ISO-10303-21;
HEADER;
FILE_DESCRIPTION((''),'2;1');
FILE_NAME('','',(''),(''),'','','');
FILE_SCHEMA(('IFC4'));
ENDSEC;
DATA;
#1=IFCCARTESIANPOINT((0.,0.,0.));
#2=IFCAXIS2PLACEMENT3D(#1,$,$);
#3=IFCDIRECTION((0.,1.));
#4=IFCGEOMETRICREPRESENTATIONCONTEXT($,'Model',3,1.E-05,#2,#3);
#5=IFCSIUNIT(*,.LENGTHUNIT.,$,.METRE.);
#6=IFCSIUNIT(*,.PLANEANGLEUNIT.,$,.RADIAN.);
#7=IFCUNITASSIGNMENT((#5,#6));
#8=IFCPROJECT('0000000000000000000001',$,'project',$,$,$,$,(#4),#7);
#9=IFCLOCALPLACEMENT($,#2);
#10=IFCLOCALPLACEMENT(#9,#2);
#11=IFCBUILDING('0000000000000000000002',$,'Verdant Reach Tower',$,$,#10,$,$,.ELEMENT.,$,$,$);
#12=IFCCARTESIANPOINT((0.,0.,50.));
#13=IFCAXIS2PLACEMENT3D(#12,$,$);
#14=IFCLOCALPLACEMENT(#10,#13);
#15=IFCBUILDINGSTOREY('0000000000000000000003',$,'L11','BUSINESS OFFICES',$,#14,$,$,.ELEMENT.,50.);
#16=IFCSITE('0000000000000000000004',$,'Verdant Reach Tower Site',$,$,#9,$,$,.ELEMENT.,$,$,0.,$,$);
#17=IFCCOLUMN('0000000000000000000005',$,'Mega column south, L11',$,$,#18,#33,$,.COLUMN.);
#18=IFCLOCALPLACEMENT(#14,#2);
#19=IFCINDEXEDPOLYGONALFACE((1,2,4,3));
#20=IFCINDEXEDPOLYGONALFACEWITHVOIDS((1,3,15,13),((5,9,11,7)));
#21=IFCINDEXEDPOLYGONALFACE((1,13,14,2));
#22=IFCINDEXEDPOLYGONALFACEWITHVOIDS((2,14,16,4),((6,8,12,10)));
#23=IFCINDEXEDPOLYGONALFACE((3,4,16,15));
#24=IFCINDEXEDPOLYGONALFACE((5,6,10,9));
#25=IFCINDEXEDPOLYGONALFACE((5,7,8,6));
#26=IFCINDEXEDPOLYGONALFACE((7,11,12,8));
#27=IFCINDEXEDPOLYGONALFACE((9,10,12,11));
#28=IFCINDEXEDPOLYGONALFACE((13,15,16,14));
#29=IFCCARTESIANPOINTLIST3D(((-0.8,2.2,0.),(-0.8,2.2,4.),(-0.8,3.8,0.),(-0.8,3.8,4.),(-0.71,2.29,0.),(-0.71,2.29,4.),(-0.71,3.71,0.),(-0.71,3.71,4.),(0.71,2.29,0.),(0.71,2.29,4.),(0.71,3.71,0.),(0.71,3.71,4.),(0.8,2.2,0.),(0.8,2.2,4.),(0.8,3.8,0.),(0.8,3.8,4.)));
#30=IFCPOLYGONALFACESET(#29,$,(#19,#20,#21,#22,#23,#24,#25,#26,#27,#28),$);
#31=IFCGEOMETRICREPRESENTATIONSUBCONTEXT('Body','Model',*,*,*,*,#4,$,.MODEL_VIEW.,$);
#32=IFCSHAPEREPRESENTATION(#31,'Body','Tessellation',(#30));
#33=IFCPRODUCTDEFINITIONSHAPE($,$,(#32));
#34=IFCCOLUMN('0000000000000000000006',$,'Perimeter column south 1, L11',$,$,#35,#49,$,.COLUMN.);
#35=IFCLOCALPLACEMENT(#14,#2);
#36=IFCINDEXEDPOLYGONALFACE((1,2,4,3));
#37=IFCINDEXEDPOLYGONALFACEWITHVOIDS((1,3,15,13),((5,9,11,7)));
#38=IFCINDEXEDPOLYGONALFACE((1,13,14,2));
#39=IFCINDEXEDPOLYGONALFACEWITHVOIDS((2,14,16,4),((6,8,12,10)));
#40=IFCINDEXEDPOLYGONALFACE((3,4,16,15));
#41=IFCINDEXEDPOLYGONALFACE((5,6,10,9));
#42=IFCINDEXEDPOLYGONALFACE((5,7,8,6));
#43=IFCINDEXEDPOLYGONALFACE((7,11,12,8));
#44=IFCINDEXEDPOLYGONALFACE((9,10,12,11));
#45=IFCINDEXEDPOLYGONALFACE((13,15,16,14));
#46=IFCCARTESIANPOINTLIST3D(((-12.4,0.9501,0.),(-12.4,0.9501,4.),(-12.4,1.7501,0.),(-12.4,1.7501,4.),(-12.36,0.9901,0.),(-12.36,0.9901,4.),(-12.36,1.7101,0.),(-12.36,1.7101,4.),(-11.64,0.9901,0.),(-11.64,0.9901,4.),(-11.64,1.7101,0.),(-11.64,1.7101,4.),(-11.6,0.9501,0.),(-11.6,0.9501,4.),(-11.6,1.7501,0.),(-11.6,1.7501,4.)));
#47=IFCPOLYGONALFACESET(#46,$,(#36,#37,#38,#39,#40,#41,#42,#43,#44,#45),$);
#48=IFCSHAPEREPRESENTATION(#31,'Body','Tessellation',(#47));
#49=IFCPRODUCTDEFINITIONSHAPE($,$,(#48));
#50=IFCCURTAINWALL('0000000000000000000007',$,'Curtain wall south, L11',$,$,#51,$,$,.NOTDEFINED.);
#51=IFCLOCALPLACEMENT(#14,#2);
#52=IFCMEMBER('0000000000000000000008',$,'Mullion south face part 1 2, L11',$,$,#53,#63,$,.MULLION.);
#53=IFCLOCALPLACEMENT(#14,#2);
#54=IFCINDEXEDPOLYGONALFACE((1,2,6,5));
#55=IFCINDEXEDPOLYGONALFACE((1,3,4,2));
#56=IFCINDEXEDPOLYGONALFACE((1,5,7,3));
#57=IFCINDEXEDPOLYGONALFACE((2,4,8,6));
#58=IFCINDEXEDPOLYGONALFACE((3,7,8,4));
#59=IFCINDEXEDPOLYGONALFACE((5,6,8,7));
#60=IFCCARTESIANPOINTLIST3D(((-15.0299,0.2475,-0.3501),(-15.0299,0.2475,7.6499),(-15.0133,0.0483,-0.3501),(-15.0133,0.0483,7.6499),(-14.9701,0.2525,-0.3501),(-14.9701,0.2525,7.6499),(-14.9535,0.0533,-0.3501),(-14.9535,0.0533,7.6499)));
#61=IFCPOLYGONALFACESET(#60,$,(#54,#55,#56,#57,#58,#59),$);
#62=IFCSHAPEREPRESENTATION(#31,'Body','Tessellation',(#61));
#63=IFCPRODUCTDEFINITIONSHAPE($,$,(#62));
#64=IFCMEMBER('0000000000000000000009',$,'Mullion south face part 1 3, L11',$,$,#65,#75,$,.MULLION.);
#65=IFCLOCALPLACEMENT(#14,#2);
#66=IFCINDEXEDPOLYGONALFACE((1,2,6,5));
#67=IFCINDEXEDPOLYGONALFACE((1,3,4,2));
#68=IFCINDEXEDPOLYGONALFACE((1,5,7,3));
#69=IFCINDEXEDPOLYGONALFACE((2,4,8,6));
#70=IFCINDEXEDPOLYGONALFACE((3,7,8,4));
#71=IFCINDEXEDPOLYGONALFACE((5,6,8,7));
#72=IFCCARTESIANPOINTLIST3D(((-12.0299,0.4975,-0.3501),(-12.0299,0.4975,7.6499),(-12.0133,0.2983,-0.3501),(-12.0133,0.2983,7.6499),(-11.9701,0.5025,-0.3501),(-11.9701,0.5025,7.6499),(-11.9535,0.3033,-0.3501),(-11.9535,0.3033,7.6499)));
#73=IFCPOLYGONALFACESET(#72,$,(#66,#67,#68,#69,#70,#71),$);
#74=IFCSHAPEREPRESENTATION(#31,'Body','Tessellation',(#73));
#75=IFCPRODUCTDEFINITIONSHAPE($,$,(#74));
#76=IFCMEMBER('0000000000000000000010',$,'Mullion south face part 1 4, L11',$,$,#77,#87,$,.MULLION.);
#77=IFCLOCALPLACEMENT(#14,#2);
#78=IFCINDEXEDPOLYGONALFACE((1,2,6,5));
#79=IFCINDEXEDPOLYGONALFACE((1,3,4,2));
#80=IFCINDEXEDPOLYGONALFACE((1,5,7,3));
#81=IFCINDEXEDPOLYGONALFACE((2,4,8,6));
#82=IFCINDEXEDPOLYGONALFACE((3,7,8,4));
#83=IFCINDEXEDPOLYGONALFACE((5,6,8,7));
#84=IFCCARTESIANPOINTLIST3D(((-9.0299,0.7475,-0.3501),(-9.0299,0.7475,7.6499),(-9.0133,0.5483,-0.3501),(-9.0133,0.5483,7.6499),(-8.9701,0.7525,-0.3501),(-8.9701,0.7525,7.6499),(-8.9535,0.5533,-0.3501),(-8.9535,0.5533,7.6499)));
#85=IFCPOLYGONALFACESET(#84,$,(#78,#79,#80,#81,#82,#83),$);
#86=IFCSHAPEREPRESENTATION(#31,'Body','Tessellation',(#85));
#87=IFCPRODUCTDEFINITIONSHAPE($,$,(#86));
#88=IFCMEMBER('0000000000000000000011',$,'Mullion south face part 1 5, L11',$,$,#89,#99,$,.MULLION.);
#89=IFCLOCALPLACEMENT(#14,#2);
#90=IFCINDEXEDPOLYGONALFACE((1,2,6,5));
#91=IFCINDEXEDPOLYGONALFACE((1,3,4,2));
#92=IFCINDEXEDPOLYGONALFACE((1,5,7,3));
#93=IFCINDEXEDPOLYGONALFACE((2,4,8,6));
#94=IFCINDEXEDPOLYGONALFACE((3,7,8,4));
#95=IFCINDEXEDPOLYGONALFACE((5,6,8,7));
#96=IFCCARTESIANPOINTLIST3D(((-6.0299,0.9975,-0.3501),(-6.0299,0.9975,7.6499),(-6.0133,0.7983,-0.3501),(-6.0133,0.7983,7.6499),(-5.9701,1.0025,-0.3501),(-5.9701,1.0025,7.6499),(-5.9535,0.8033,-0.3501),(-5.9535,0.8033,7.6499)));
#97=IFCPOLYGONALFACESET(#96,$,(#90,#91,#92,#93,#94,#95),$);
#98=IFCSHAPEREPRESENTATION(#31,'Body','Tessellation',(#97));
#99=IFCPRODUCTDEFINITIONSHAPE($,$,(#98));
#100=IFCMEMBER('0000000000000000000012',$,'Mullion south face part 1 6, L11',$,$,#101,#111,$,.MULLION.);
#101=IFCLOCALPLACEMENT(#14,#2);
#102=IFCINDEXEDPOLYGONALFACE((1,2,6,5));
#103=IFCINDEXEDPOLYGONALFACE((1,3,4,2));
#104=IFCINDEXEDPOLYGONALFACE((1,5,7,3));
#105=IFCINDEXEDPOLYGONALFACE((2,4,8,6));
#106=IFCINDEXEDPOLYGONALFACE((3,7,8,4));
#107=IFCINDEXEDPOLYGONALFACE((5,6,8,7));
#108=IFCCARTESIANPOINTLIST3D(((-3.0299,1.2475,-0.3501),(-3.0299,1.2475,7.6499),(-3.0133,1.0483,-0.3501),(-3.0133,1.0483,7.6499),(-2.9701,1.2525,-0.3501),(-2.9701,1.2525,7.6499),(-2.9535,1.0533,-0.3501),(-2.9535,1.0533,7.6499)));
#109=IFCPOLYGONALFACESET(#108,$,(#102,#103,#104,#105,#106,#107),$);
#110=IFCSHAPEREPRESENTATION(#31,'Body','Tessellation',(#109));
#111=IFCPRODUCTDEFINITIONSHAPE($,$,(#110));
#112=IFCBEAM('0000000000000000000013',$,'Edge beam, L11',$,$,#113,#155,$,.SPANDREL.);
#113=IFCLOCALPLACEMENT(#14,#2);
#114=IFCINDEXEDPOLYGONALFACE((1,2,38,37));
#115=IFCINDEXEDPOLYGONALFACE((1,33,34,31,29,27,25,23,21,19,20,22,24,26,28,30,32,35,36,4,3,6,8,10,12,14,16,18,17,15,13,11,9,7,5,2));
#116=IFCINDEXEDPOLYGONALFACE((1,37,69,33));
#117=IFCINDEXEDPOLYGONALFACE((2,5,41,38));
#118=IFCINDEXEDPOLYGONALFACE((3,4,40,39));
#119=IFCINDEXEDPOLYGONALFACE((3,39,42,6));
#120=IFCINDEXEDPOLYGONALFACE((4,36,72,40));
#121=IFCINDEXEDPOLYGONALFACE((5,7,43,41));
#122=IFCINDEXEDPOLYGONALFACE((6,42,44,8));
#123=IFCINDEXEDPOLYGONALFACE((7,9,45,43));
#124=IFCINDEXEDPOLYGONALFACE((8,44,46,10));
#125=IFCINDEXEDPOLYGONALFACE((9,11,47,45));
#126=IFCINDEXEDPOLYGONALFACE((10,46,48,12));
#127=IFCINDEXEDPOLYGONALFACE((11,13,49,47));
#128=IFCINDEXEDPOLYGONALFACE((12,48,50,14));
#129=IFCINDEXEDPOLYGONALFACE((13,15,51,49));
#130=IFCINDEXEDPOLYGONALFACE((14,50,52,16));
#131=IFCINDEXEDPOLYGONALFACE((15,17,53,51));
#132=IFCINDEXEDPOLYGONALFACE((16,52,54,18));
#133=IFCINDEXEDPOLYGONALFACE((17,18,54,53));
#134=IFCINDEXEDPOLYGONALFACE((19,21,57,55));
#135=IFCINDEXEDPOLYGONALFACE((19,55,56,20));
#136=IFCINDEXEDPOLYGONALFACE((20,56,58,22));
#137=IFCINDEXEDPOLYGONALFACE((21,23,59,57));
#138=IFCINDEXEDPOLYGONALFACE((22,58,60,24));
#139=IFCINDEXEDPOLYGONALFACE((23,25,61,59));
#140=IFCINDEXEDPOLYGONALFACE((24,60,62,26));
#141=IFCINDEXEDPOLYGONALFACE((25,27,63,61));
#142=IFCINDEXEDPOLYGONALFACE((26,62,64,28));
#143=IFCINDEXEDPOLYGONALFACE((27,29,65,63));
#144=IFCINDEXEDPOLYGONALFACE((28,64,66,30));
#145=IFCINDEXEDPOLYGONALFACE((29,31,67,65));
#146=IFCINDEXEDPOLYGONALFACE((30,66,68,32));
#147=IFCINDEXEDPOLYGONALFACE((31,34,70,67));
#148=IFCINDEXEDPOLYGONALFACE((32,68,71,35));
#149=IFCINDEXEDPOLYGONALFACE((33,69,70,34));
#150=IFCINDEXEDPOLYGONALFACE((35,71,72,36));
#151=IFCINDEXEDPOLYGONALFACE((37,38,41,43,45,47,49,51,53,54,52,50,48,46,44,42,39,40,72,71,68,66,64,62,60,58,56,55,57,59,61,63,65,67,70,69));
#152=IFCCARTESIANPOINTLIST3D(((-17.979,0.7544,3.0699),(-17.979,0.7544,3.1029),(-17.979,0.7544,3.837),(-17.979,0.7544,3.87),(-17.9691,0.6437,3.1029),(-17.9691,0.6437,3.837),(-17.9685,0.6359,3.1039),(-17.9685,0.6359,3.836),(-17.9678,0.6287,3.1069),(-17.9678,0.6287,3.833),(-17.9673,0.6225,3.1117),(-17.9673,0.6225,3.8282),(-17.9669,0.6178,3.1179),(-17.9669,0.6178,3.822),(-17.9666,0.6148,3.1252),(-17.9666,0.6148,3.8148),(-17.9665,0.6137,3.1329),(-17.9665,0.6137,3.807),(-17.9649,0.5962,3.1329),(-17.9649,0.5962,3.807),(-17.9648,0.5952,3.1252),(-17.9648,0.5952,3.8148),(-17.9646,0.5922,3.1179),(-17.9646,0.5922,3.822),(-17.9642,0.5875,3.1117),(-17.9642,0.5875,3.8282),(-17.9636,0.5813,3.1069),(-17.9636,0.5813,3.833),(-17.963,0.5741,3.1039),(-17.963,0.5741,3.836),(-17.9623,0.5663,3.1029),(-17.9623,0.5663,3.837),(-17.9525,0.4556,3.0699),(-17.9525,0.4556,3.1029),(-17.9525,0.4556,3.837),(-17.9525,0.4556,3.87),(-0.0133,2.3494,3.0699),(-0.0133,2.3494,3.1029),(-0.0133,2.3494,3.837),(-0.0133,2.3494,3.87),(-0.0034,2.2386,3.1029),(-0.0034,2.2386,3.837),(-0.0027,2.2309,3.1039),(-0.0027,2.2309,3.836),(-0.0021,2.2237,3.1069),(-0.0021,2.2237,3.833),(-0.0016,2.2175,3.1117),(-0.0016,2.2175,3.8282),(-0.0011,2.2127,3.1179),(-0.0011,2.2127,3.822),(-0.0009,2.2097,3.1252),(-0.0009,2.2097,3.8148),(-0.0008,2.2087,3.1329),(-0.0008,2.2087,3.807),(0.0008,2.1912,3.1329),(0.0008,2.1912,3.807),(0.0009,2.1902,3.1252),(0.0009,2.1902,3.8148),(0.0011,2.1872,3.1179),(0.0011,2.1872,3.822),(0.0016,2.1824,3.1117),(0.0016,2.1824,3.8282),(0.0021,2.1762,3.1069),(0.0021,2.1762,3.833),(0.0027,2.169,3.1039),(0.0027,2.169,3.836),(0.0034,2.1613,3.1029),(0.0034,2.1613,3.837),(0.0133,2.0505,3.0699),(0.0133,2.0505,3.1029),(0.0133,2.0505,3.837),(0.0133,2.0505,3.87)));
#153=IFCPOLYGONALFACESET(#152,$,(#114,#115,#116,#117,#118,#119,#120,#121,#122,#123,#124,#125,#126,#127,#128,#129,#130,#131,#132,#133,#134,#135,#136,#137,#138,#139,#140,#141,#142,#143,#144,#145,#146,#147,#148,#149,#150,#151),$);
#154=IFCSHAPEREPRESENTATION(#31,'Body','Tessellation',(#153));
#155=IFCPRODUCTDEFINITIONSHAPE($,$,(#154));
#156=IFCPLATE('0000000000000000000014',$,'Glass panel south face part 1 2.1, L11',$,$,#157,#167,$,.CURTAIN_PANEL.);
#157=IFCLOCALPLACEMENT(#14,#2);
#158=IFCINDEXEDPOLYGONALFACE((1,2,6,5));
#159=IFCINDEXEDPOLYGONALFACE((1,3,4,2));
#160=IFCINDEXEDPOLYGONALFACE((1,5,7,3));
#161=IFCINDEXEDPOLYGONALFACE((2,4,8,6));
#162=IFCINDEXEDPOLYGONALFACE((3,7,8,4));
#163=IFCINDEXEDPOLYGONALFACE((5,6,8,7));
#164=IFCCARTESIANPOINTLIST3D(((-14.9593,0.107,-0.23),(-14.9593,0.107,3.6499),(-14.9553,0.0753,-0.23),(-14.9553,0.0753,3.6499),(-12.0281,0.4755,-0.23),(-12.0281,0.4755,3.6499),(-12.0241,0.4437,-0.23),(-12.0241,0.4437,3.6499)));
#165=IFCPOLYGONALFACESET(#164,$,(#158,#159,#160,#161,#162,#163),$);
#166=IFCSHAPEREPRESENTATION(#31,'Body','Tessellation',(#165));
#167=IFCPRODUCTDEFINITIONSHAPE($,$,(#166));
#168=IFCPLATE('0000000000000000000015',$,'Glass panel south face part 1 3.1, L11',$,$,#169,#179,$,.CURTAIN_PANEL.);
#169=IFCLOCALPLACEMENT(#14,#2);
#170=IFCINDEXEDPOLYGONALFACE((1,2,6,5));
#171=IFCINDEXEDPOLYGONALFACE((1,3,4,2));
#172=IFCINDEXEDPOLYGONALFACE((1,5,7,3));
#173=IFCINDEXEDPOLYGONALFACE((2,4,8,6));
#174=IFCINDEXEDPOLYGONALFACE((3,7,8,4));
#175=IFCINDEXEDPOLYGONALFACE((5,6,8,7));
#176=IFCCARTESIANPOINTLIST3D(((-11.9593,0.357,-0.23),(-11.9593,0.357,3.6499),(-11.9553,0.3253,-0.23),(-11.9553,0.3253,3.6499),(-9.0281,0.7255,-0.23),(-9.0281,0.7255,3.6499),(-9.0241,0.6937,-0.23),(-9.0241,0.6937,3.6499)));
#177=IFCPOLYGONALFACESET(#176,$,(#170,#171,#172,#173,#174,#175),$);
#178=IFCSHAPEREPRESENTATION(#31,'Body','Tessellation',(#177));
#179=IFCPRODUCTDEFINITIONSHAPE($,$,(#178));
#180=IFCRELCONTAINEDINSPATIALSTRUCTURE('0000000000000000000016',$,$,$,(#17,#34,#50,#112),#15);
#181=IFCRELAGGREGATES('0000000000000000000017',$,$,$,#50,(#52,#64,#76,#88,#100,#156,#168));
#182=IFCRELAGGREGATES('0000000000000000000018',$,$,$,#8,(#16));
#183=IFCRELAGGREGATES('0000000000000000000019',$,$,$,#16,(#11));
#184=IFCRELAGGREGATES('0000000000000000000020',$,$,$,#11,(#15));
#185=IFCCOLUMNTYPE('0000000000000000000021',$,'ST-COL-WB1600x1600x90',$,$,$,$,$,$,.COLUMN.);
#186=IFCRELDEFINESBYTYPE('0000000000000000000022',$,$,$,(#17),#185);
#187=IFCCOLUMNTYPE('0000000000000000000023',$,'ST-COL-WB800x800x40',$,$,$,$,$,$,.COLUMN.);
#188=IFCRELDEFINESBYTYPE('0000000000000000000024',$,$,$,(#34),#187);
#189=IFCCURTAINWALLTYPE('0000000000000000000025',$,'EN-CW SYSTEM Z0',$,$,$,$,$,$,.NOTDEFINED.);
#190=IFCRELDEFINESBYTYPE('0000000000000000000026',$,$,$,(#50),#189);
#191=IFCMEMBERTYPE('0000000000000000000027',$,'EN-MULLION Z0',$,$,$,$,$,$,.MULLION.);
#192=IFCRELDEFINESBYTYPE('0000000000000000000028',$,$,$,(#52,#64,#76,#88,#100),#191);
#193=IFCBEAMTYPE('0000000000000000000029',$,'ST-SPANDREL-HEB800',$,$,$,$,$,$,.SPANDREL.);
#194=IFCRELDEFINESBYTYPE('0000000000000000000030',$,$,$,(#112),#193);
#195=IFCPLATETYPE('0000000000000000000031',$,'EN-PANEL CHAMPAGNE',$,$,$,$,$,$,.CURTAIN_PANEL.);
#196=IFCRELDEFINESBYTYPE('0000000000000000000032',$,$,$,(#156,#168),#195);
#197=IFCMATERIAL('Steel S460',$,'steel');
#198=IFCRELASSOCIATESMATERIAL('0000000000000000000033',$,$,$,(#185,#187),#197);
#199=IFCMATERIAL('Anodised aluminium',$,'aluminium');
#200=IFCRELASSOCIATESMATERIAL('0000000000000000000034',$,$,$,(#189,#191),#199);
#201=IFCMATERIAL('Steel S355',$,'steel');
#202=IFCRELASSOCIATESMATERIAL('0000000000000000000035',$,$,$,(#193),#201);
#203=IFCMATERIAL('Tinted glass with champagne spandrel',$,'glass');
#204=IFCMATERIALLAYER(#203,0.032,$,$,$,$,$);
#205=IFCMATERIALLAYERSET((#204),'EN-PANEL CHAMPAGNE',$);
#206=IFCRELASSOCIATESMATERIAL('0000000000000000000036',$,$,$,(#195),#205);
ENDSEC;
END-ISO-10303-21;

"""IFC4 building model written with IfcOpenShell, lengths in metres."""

from ifc_helpers import new_model, si_unit, direction, frame, origin, origin_2d, place, context, subcontext, project, spatial, rectangle, hollow_rectangle, i_section, extrude, material, layer, layer_set, material_profile, profile_set, type_object, element, aggregate, save


model = new_model("IFC4")

# Units and contexts
model_context = context("Model", 3, precision=1e-05, world=origin(), true_north=direction((0.0, 1.0)))
body_context = subcontext(model_context, "Body", "Model", "MODEL_VIEW")
ifc_project = project(units=[si_unit("LENGTHUNIT", "METRE"), si_unit("PLANEANGLEUNIT", "RADIAN")], contexts=[model_context])

# Site, building, storey
site_placement = place(None, origin())
site = spatial("IfcSite", under=ifc_project, at=site_placement, Name="Verdant Reach Tower Site", CompositionType="ELEMENT", RefElevation=0.0)
building_placement = place(site_placement, origin())
building = spatial("IfcBuilding", under=site, at=building_placement, Name="Verdant Reach Tower", CompositionType="ELEMENT")
storey_placement = place(building_placement, frame((0.0, 0.0, 50.0)))
storey = spatial("IfcBuildingStorey", under=building, at=storey_placement, Name="L11", Description="BUSINESS OFFICES", CompositionType="ELEMENT", Elevation=50.0)

# Columns
ifc_material_1 = material(Name="Steel S460", Category="steel")
ifc_material_profile_1 = material_profile(ifc_material_1, hollow_rectangle(XDim=1.6001, YDim=1.6001, WallThickness=0.0901, at=origin_2d()), Name="WB 1600x1600x90")
ifc_profile_set_1 = profile_set([ifc_material_profile_1], Name="Steel S460")
column_type_1 = type_object("IfcColumnType", Name="ST-COL-WB1600x1600x90", PredefinedType="COLUMN", material=ifc_profile_set_1)
column_1_placement = place(storey_placement, frame((0.0, 3.0, 0.0), z_axis=(0.0, 0.0, 1.0), x_axis=(1.0, 0.0, 0.0)))
element("IfcColumn", 1, at=column_1_placement, inside=storey, type_object=column_type_1, Name="Mega column south, L11", PredefinedType="COLUMN", context=body_context, shape_type="SweptSolid", body=[
    extrude(hollow_rectangle(XDim=1.6001, YDim=1.6001, WallThickness=0.0901, at=origin_2d()), origin(), (0.0, 0.0, 1.0), 4.0),
])
ifc_material_profile_2 = material_profile(ifc_material_1, hollow_rectangle(XDim=0.8, YDim=0.8, WallThickness=0.04, at=origin_2d()), Name="WB 800x800x40")
ifc_profile_set_2 = profile_set([ifc_material_profile_2], Name="Steel S460")
column_type_2 = type_object("IfcColumnType", Name="ST-COL-WB800x800x40", PredefinedType="COLUMN", material=ifc_profile_set_2)
column_2_placement = place(storey_placement, frame((-12.0, 1.3501, 0.0), z_axis=(0.0, 0.0, 1.0), x_axis=(1.0, 0.0, 0.0)))
element("IfcColumn", 2, at=column_2_placement, inside=storey, type_object=column_type_2, Name="Perimeter column south 1, L11", PredefinedType="COLUMN", context=body_context, shape_type="SweptSolid", body=[
    extrude(hollow_rectangle(XDim=0.8, YDim=0.8, WallThickness=0.04, at=origin_2d()), origin(), (0.0, 0.0, 1.0), 4.0),
])

# Curtain wall, members
ifc_material_2 = material(Name="Anodised aluminium", Category="aluminium")
curtain_wall_type = type_object("IfcCurtainWallType", Name="EN-CW SYSTEM Z0", PredefinedType="NOTDEFINED", material=ifc_material_2)
curtain_wall_placement = place(storey_placement, origin())
curtain_wall = element("IfcCurtainWall", 3, at=curtain_wall_placement, inside=storey, type_object=curtain_wall_type, Name="Curtain wall south, L11", PredefinedType="NOTDEFINED")
ifc_material_profile_3 = material_profile(ifc_material_2, rectangle(XDim=0.2, YDim=0.0601, at=origin_2d()), Name="Mullion 60x200")
ifc_profile_set_3 = profile_set([ifc_material_profile_3], Name="Anodised aluminium")
member_type = type_object("IfcMemberType", Name="EN-MULLION Z0", PredefinedType="MULLION", material=ifc_profile_set_3)
member_1_placement = place(storey_placement, frame((-14.9917, 0.1504, -0.3501), z_axis=(0.0, 0.0, 1.0), x_axis=(0.083045, -0.996546, 0.0)))
member_1 = element("IfcMember", 4, at=member_1_placement, type_object=member_type, Name="Mullion south face part 1 2, L11", PredefinedType="MULLION", context=body_context, shape_type="SweptSolid", body=[
    extrude(rectangle(XDim=0.2, YDim=0.0601, at=origin_2d()), origin(), (0.0, 0.0, 1.0), 8.0),
])
member_2_placement = place(storey_placement, frame((-11.9917, 0.4004, -0.3501), z_axis=(0.0, 0.0, 1.0), x_axis=(0.083045, -0.996546, 0.0)))
member_2 = element("IfcMember", 5, at=member_2_placement, type_object=member_type, Name="Mullion south face part 1 3, L11", PredefinedType="MULLION", context=body_context, shape_type="SweptSolid", body=[
    extrude(rectangle(XDim=0.2, YDim=0.0601, at=origin_2d()), origin(), (0.0, 0.0, 1.0), 8.0),
])
member_3_placement = place(storey_placement, frame((-8.9917, 0.6504, -0.3501), z_axis=(0.0, 0.0, 1.0), x_axis=(0.083045, -0.996546, 0.0)))
member_3 = element("IfcMember", 6, at=member_3_placement, type_object=member_type, Name="Mullion south face part 1 4, L11", PredefinedType="MULLION", context=body_context, shape_type="SweptSolid", body=[
    extrude(rectangle(XDim=0.2, YDim=0.0601, at=origin_2d()), origin(), (0.0, 0.0, 1.0), 8.0),
])
member_4_placement = place(storey_placement, frame((-5.9917, 0.9004, -0.3501), z_axis=(0.0, 0.0, 1.0), x_axis=(0.083045, -0.996546, 0.0)))
member_4 = element("IfcMember", 7, at=member_4_placement, type_object=member_type, Name="Mullion south face part 1 5, L11", PredefinedType="MULLION", context=body_context, shape_type="SweptSolid", body=[
    extrude(rectangle(XDim=0.2, YDim=0.0601, at=origin_2d()), origin(), (0.0, 0.0, 1.0), 8.0),
])
member_5_placement = place(storey_placement, frame((-2.9917, 1.1504, -0.3501), z_axis=(0.0, 0.0, 1.0), x_axis=(0.083045, -0.996546, 0.0)))
member_5 = element("IfcMember", 8, at=member_5_placement, type_object=member_type, Name="Mullion south face part 1 6, L11", PredefinedType="MULLION", context=body_context, shape_type="SweptSolid", body=[
    extrude(rectangle(XDim=0.2, YDim=0.0601, at=origin_2d()), origin(), (0.0, 0.0, 1.0), 8.0),
])

# Beam
ifc_material_3 = material(Name="Steel S355", Category="steel")
ifc_material_profile_4 = material_profile(ifc_material_3, i_section(OverallWidth=0.3, OverallDepth=0.8, WebThickness=0.0176, FlangeThickness=0.033, FilletRadius=0.03, at=origin_2d()), Name="HEB 800")
ifc_profile_set_4 = profile_set([ifc_material_profile_4], Name="Steel S355")
beam_type = type_object("IfcBeamType", Name="ST-SPANDREL-HEB800", PredefinedType="SPANDREL", material=ifc_profile_set_4)
beam_placement = place(storey_placement, frame((0.0, 2.2, 3.47), z_axis=(-0.996082, -0.08843, 0.0), x_axis=(0.08843, -0.996082, 0.0)))
element("IfcBeam", 9, at=beam_placement, inside=storey, type_object=beam_type, Name="Edge beam, L11", PredefinedType="SPANDREL", context=body_context, shape_type="SweptSolid", body=[
    extrude(i_section(OverallWidth=0.3, OverallDepth=0.8, WebThickness=0.0176, FlangeThickness=0.033, FilletRadius=0.03, at=origin_2d()), origin(), (0.0, 0.0, 1.0), 18.0364),
])

# Plates
ifc_material_4 = material(Name="Tinted glass with champagne spandrel", Category="glass")
ifc_layer_1 = layer(ifc_material_4, 0.032)
ifc_layer_set_1 = layer_set([ifc_layer_1], Name="EN-PANEL CHAMPAGNE")
plate_type_1 = type_object("IfcPlateType", Name="EN-PANEL CHAMPAGNE", PredefinedType="CURTAIN_PANEL", material=ifc_layer_set_1)
plate_1_placement = place(storey_placement, frame((-13.4917, 0.2754, -0.23), z_axis=(0.0, 0.0, 1.0), x_axis=(0.992194, 0.124704, 0.0)))
plate_1 = element("IfcPlate", 10, at=plate_1_placement, type_object=plate_type_1, Name="Glass panel south face part 1 2.1, L11", PredefinedType="CURTAIN_PANEL", context=body_context, shape_type="SweptSolid", body=[
    extrude(rectangle(XDim=2.9543, YDim=0.032, at=origin_2d()), origin(), (0.0, 0.0, 1.0), 3.8799),
])
plate_2_placement = place(storey_placement, frame((-10.4917, 0.5254, -0.23), z_axis=(0.0, 0.0, 1.0), x_axis=(0.992194, 0.124704, 0.0)))
plate_2 = element("IfcPlate", 11, at=plate_2_placement, type_object=plate_type_1, Name="Glass panel south face part 1 3.1, L11", PredefinedType="CURTAIN_PANEL", context=body_context, shape_type="SweptSolid", body=[
    extrude(rectangle(XDim=2.9543, YDim=0.032, at=origin_2d()), origin(), (0.0, 0.0, 1.0), 3.8799),
])
aggregate(curtain_wall, [member_1, member_2, member_3, member_4, member_5, plate_1, plate_2])

save(model, "model.ifc")
